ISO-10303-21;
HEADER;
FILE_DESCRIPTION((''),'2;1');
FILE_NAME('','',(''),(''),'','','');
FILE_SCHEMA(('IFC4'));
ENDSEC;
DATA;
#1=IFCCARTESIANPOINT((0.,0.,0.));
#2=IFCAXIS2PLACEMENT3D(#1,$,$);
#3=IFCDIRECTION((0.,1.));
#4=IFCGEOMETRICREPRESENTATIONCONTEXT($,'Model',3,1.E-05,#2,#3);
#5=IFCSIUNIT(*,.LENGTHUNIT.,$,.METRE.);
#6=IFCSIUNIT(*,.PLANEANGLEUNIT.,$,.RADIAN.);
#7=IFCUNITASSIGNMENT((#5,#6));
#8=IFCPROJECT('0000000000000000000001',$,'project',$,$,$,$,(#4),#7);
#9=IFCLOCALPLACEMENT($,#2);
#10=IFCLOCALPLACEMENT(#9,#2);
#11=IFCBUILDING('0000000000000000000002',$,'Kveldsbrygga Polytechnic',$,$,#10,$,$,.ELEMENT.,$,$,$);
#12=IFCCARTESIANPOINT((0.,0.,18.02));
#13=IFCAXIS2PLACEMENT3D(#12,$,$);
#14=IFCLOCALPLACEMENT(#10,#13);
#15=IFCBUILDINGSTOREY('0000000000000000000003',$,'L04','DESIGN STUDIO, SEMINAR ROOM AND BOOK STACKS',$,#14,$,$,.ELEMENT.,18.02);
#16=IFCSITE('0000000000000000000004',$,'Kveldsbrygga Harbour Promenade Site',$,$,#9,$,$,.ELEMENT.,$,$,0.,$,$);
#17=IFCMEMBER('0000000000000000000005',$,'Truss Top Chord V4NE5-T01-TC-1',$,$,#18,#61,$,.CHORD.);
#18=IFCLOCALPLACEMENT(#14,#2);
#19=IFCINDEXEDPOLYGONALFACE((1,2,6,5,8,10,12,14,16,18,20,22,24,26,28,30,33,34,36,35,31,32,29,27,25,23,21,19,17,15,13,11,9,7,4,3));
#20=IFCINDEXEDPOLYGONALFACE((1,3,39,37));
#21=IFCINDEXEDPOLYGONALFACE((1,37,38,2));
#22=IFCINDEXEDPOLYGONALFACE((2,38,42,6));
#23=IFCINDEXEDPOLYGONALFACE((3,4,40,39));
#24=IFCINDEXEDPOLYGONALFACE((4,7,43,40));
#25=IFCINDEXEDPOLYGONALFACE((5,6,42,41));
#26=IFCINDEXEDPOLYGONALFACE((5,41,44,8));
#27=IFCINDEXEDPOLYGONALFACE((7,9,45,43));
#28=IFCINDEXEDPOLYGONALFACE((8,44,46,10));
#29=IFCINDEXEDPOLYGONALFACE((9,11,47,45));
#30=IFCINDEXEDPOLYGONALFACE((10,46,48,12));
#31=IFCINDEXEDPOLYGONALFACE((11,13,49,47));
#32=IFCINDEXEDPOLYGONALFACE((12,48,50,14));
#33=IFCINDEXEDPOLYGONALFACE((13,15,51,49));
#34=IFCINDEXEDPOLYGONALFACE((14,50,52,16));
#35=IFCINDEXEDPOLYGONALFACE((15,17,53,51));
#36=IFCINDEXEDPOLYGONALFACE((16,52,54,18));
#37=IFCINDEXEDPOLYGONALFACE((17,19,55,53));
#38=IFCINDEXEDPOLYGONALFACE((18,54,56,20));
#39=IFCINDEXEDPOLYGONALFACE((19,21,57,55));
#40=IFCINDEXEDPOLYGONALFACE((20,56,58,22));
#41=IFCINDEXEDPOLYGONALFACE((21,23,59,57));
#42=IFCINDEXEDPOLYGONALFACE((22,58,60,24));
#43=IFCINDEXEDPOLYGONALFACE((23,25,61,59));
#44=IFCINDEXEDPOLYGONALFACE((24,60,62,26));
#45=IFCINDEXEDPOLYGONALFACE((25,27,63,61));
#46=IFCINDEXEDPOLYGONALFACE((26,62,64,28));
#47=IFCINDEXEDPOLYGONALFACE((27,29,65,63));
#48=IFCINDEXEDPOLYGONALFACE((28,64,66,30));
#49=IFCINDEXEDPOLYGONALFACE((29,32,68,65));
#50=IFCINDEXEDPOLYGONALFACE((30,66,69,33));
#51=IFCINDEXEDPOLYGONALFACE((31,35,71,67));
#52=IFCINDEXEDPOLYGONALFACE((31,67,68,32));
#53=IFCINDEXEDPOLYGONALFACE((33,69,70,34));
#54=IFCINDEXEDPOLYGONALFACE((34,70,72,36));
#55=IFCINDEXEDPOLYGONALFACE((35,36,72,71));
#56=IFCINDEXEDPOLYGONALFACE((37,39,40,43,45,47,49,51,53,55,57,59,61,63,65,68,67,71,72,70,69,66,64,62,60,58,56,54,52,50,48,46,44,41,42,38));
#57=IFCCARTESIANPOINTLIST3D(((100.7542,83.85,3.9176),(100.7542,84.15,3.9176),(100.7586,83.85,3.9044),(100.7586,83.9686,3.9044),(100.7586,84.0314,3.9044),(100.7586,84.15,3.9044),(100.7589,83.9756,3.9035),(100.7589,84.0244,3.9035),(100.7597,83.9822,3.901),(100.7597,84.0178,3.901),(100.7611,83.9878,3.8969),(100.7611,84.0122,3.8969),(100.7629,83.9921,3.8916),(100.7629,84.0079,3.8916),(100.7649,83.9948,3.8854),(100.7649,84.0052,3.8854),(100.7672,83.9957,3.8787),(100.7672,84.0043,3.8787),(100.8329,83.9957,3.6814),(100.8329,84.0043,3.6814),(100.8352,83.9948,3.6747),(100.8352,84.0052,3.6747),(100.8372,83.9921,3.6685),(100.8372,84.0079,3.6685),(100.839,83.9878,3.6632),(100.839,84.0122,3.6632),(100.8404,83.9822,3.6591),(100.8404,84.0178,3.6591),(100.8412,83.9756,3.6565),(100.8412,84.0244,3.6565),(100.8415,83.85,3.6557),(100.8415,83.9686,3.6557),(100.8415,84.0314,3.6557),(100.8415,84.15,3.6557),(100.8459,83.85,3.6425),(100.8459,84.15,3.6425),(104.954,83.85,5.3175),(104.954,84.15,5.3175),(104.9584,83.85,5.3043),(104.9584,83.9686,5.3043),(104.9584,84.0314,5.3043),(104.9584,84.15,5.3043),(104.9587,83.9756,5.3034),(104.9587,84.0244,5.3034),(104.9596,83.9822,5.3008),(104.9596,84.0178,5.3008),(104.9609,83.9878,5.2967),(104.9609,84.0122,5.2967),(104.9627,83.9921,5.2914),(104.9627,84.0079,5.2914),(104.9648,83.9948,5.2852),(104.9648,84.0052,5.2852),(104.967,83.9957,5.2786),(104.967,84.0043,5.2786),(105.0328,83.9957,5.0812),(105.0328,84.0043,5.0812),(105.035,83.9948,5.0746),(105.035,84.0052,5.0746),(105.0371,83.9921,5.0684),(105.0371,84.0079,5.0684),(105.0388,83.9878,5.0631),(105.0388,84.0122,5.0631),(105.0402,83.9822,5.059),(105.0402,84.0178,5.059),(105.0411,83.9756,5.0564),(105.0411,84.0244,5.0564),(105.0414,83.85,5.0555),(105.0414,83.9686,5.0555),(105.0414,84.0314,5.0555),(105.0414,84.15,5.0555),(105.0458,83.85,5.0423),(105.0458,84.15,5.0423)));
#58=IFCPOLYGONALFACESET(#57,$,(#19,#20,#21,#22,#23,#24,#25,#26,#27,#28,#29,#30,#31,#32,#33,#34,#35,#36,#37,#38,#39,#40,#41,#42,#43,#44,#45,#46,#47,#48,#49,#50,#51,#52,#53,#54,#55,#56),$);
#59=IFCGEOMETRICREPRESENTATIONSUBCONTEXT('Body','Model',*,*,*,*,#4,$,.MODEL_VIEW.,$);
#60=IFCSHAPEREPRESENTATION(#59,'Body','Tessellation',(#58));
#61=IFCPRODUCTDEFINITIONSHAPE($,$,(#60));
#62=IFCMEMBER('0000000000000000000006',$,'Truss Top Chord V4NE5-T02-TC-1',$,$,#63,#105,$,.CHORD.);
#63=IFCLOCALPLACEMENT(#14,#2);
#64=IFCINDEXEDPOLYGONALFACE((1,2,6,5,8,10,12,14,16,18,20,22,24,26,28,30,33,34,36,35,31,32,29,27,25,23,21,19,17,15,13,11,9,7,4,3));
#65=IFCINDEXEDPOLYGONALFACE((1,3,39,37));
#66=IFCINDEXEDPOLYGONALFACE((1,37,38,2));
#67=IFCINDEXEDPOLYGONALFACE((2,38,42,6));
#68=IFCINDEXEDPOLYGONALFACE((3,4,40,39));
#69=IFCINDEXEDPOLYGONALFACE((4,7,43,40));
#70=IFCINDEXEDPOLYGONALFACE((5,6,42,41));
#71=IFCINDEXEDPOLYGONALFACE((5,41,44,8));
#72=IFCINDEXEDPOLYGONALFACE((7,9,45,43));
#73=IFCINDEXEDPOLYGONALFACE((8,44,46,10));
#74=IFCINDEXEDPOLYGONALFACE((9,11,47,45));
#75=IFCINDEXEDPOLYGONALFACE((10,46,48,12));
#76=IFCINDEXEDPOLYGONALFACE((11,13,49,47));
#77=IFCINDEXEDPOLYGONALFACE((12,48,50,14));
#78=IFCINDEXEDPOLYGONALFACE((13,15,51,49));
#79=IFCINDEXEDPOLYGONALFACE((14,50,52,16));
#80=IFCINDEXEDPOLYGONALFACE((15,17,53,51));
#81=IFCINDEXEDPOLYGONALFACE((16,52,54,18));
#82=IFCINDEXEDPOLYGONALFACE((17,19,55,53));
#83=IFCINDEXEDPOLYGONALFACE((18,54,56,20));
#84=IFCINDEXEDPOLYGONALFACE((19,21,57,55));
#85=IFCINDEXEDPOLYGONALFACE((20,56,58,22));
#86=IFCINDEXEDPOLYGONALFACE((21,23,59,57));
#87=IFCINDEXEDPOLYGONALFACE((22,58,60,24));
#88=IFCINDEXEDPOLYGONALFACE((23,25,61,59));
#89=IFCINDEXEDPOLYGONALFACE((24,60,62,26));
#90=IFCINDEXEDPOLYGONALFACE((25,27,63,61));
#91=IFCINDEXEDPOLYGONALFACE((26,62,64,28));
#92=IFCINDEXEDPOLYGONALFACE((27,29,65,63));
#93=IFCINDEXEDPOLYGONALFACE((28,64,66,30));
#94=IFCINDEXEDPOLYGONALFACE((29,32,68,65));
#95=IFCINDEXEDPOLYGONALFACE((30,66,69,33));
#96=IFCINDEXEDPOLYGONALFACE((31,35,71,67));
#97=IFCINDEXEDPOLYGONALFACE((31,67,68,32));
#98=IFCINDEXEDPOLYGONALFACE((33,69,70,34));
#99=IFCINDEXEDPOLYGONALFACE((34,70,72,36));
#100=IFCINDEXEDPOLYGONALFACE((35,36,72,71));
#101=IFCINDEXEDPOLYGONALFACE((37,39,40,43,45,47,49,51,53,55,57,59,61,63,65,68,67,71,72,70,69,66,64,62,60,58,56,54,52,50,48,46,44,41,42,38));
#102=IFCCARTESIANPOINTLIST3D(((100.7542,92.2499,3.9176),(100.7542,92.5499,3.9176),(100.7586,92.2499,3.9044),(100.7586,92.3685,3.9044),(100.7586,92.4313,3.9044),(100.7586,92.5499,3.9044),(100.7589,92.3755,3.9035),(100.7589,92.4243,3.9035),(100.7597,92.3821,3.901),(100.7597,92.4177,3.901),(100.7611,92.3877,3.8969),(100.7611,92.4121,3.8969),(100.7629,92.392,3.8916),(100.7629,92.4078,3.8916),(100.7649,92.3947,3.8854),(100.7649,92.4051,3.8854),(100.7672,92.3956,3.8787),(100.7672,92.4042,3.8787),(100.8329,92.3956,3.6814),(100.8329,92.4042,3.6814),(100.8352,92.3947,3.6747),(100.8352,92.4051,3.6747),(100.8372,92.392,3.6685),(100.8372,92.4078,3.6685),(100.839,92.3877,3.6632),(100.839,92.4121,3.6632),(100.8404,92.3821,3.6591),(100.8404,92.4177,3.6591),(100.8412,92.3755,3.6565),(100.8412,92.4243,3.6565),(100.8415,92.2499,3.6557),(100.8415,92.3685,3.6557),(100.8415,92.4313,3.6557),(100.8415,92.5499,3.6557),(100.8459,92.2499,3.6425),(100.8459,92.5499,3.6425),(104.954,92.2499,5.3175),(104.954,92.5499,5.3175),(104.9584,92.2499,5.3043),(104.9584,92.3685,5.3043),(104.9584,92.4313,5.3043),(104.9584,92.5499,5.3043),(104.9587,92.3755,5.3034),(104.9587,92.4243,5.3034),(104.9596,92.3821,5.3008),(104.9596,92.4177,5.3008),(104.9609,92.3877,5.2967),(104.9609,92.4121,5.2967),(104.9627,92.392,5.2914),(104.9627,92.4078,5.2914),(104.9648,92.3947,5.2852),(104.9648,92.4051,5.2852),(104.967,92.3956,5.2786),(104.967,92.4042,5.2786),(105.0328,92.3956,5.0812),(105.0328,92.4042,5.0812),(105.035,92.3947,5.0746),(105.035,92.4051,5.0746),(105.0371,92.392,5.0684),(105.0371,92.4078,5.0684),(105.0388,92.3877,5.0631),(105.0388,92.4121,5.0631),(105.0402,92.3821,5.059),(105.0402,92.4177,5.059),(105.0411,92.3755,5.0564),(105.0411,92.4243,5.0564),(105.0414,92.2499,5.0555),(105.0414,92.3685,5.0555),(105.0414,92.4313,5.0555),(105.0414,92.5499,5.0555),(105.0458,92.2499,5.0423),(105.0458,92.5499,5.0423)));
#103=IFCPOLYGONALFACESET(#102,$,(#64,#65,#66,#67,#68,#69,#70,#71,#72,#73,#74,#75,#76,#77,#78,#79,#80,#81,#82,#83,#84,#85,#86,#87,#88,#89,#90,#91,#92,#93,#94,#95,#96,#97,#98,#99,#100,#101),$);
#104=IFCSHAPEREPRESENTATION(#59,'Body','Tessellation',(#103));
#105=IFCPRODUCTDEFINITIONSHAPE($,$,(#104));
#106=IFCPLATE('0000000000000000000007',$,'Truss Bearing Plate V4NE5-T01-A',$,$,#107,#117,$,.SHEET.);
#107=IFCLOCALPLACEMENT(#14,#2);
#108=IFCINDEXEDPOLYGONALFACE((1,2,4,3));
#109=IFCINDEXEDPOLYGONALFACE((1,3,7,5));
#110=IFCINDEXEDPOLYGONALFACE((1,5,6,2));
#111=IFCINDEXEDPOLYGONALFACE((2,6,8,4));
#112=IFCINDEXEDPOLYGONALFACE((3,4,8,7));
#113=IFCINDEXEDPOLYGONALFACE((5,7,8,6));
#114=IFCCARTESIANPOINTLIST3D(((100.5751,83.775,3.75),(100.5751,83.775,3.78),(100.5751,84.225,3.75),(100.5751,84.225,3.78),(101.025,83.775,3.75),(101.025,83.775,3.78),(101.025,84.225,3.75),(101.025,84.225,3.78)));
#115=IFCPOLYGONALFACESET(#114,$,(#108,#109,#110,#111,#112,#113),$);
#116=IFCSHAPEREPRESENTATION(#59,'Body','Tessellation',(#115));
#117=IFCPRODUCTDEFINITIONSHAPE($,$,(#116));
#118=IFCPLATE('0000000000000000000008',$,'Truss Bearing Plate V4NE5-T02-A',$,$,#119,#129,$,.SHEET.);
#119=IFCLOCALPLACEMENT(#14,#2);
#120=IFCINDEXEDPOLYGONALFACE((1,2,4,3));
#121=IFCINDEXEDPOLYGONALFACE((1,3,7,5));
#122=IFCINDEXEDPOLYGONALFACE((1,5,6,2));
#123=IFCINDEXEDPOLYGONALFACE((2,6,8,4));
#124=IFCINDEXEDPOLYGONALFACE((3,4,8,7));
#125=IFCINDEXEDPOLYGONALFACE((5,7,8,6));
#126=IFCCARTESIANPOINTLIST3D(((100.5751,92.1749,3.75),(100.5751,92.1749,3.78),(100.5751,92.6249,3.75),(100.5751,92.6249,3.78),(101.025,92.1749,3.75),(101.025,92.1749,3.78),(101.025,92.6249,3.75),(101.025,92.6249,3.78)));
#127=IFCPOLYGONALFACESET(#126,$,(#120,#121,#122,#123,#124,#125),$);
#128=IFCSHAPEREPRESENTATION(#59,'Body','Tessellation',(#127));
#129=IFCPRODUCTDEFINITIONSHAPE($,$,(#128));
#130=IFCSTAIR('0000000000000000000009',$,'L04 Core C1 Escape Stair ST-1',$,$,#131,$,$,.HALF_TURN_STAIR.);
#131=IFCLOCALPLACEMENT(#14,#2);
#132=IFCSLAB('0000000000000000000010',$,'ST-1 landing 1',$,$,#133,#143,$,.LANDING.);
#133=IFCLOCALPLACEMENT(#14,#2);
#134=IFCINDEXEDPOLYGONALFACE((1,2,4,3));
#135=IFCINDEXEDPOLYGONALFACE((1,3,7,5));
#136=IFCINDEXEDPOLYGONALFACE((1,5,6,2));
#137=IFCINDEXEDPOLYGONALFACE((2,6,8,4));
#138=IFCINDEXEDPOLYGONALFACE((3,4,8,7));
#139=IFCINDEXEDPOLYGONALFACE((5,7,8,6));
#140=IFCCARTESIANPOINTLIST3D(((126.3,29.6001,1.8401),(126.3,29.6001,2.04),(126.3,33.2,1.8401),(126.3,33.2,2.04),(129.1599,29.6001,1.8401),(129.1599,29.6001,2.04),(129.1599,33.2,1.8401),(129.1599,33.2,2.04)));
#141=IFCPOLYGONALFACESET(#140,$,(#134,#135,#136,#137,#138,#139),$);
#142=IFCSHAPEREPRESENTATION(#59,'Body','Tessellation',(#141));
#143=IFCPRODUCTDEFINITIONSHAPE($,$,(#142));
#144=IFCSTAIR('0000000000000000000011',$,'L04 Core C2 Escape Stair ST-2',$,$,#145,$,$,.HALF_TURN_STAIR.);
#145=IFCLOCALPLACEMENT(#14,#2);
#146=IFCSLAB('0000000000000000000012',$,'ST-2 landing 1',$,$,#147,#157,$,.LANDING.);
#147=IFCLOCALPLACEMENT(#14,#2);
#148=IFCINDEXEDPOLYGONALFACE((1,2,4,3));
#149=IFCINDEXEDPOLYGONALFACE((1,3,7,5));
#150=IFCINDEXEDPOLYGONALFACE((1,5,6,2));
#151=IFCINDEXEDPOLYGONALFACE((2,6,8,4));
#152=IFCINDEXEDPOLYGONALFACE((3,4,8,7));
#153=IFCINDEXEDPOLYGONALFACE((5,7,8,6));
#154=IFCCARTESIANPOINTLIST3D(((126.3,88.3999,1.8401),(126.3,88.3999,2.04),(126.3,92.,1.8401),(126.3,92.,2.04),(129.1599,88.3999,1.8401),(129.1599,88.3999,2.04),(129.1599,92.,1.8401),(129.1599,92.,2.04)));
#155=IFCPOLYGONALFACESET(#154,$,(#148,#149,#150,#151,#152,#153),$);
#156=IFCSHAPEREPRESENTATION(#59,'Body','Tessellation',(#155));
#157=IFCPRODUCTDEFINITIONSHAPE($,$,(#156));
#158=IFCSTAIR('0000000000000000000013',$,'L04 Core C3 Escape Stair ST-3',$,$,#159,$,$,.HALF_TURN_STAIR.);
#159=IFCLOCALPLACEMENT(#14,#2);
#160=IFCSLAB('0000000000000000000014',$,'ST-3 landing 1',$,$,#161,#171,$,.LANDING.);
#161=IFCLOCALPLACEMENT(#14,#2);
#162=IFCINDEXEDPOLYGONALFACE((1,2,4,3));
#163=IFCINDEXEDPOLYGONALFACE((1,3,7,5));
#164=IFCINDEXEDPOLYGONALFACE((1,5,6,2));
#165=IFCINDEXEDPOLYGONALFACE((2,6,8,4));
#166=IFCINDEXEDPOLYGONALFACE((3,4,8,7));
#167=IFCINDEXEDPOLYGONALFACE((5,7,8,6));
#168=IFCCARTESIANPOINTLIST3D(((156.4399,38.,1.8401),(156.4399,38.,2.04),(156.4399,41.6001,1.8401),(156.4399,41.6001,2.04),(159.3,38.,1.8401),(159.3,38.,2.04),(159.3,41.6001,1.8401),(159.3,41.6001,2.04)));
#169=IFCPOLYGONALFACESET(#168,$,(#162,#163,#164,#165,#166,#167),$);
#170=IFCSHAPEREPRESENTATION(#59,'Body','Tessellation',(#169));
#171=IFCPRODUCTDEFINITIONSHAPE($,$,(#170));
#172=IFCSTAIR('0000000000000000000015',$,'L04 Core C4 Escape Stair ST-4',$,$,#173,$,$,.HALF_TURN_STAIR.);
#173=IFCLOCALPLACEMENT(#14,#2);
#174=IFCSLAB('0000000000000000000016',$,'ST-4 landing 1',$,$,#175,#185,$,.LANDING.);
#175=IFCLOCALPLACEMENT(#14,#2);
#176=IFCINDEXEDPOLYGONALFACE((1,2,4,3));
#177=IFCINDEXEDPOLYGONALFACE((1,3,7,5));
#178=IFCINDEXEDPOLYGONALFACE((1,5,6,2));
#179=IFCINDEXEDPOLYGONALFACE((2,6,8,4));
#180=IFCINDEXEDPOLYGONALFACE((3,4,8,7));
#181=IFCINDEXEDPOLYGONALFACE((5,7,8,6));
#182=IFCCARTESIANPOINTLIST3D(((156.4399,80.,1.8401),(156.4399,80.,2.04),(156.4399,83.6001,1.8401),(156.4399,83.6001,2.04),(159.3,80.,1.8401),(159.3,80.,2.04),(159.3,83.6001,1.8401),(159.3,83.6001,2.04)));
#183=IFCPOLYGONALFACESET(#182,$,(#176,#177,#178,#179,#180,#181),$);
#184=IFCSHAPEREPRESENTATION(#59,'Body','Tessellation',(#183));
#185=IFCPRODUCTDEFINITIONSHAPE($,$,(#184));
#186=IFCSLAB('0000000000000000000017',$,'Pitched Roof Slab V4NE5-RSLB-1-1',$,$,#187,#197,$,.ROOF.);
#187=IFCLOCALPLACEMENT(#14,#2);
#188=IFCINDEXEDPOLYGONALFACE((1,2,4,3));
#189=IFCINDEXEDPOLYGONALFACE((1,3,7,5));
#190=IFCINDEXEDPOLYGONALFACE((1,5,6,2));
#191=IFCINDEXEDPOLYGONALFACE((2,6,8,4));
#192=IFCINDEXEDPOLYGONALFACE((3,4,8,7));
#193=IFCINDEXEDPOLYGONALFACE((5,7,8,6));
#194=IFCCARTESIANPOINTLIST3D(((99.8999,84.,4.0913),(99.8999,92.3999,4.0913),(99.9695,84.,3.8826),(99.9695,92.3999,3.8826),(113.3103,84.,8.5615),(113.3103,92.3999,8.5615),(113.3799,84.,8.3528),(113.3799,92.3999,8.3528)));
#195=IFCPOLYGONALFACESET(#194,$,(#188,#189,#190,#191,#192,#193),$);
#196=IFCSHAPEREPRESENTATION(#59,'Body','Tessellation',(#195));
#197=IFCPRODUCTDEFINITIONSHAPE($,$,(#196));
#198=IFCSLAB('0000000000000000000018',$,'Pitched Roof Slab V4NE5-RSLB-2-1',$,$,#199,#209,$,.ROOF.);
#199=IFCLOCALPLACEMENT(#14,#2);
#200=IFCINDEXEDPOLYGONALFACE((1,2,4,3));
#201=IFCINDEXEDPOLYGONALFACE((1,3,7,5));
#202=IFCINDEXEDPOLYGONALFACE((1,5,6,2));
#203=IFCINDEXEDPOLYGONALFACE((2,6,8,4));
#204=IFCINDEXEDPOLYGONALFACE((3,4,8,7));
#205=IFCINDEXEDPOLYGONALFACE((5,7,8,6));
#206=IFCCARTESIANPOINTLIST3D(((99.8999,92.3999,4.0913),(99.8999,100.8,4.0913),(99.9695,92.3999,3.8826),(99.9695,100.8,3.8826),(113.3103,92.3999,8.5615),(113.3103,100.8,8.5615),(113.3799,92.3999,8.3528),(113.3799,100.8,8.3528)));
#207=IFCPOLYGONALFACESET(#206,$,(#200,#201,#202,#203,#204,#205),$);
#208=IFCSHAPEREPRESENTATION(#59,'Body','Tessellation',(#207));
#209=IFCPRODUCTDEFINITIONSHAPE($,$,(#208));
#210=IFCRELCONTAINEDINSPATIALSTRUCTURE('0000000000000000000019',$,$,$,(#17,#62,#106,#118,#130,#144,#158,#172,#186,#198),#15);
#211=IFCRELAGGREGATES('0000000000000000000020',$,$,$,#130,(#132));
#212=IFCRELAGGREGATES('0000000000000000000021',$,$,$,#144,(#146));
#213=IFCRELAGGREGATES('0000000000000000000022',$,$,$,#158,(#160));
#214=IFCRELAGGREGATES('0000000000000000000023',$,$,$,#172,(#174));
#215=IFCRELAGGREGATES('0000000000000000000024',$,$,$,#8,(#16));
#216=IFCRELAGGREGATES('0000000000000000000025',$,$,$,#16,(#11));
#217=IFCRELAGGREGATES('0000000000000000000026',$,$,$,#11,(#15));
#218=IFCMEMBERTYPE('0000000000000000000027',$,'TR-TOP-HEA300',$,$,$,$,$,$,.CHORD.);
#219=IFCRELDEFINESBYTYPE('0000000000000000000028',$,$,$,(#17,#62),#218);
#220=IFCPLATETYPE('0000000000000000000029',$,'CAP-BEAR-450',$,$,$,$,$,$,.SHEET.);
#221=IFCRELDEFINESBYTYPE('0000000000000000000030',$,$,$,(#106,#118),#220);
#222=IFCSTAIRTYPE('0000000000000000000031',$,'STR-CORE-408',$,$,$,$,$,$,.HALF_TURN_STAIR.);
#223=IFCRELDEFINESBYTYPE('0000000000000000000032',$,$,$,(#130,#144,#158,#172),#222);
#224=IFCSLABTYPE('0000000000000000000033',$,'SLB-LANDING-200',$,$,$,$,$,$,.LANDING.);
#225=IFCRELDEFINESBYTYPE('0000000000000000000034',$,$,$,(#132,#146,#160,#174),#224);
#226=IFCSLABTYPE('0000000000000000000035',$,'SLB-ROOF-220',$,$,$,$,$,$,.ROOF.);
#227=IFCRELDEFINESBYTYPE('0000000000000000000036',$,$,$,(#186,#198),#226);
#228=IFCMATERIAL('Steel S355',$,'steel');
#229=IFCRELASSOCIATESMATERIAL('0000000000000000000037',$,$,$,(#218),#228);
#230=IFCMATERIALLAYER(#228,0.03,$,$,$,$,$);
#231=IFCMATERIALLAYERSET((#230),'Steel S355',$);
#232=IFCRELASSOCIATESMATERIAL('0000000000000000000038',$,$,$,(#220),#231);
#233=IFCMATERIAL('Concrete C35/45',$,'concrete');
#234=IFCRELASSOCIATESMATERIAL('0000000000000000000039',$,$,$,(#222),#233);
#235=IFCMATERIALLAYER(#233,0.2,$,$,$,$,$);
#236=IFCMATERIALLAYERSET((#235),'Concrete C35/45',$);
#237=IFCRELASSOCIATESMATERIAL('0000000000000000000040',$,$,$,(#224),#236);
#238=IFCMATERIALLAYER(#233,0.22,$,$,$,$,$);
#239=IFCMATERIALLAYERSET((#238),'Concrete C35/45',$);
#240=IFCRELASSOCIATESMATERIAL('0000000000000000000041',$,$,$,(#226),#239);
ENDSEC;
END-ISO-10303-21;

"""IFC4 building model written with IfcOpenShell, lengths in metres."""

from ifc_helpers import new_model, si_unit, direction, frame, origin, origin_2d, place, context, subcontext, project, spatial, polyline, rectangle, i_section, outline, extrude, material, layer, layer_set, material_profile, profile_set, type_object, element, aggregate, save


model = new_model("IFC4")

# Units and contexts
model_context = context("Model", 3, precision=1e-05, world=origin(), true_north=direction((0.0, 1.0)))
body_context = subcontext(model_context, "Body", "Model", "MODEL_VIEW")
ifc_project = project(units=[si_unit("LENGTHUNIT", "METRE"), si_unit("PLANEANGLEUNIT", "RADIAN")], contexts=[model_context])

# Site, building, storey
site_placement = place(None, origin())
site = spatial("IfcSite", under=ifc_project, at=site_placement, Name="Kveldsbrygga Harbour Promenade Site", CompositionType="ELEMENT", RefElevation=0.0)
building_placement = place(site_placement, origin())
building = spatial("IfcBuilding", under=site, at=building_placement, Name="Kveldsbrygga Polytechnic", CompositionType="ELEMENT")
storey_placement = place(building_placement, frame((0.0, 0.0, 18.02)))
storey = spatial("IfcBuildingStorey", under=building, at=storey_placement, Name="L04", Description="DESIGN STUDIO, SEMINAR ROOM AND BOOK STACKS", CompositionType="ELEMENT", Elevation=18.02)

# Members
ifc_material_1 = material(Name="Steel S355", Category="steel")
ifc_material_profile_1 = material_profile(ifc_material_1, i_section(OverallWidth=0.3, OverallDepth=0.29, WebThickness=0.0085, FlangeThickness=0.0139, FilletRadius=0.0271, at=origin_2d()), Name="HEA 300")
ifc_profile_set_1 = profile_set([ifc_material_profile_1], Name="Steel S355")
member_type_1 = type_object("IfcMemberType", Name="TR-TOP-HEA300", PredefinedType="CHORD", material=ifc_profile_set_1)
for number, where, z_axis, x_axis, name in (
    (1, (100.8, 84.0, 3.78), (0.948689, 0.0, 0.316211), (0.0, 1.0, 0.0), "Truss Top Chord V4NE5-T01-TC-1"),
    (2, (100.8, 92.3999, 3.78), (0.948689, 0.0, 0.316211), (0.0, 1.0, 0.0), "Truss Top Chord V4NE5-T02-TC-1"),
):
    element("IfcMember", number, at=place(storey_placement, frame(where, z_axis=z_axis, x_axis=x_axis)), inside=storey, type_object=member_type_1, Name=name, PredefinedType="CHORD", context=body_context, shape_type="SweptSolid", body=[
        extrude(i_section(OverallWidth=0.3, OverallDepth=0.29, WebThickness=0.0085, FlangeThickness=0.0139, FilletRadius=0.0271, at=origin_2d()), origin(), (0.0, 0.0, 1.0), 4.427),
    ])

# Plates
ifc_layer_1 = layer(ifc_material_1, 0.03)
ifc_layer_set_1 = layer_set([ifc_layer_1], Name="Steel S355")
plate_type = type_object("IfcPlateType", Name="CAP-BEAR-450", PredefinedType="SHEET", material=ifc_layer_set_1)
for number, where, z_axis, x_axis, name in (
    (3, (100.8, 84.0, 3.75), (0.0, 0.0, 1.0), (1.0, 0.0, 0.0), "Truss Bearing Plate V4NE5-T01-A"),
    (4, (100.8, 92.3999, 3.75), (0.0, 0.0, 1.0), (1.0, 0.0, 0.0), "Truss Bearing Plate V4NE5-T02-A"),
):
    element("IfcPlate", number, at=place(storey_placement, frame(where, z_axis=z_axis, x_axis=x_axis)), inside=storey, type_object=plate_type, Name=name, PredefinedType="SHEET", context=body_context, shape_type="SweptSolid", body=[
        extrude(rectangle(XDim=0.45, YDim=0.45, at=origin_2d()), origin(), (0.0, 0.0, 1.0), 0.03),
    ])

# Stairs, slabs
ifc_material_2 = material(Name="Concrete C35/45", Category="concrete")
stair_type = type_object("IfcStairType", Name="STR-CORE-408", PredefinedType="HALF_TURN_STAIR", material=ifc_material_2)
stair_1_placement = place(storey_placement, origin())
stair_1 = element("IfcStair", 5, at=stair_1_placement, inside=storey, type_object=stair_type, Name="L04 Core C1 Escape Stair ST-1", PredefinedType="HALF_TURN_STAIR")
ifc_layer_2 = layer(ifc_material_2, 0.2)
ifc_layer_set_2 = layer_set([ifc_layer_2], Name="Concrete C35/45")
slab_type_1 = type_object("IfcSlabType", Name="SLB-LANDING-200", PredefinedType="LANDING", material=ifc_layer_set_2)
slab_1_placement = place(storey_placement, frame((0.0, 0.0, 1.8401)))
slab_1 = element("IfcSlab", 6, at=slab_1_placement, type_object=slab_type_1, Name="ST-1 landing 1", PredefinedType="LANDING", context=body_context, shape_type="SweptSolid", body=[
    extrude(outline(polyline([(129.1599, 33.2), (126.3, 33.2), (126.3, 29.6001), (129.1599, 29.6001), (129.1599, 33.2)])), origin(), (0.0, 0.0, 1.0), 0.2),
])
aggregate(stair_1, [slab_1])
stair_2_placement = place(storey_placement, origin())
stair_2 = element("IfcStair", 7, at=stair_2_placement, inside=storey, type_object=stair_type, Name="L04 Core C2 Escape Stair ST-2", PredefinedType="HALF_TURN_STAIR")
slab_2_placement = place(storey_placement, frame((0.0, 0.0, 1.8401)))
slab_2 = element("IfcSlab", 8, at=slab_2_placement, type_object=slab_type_1, Name="ST-2 landing 1", PredefinedType="LANDING", context=body_context, shape_type="SweptSolid", body=[
    extrude(outline(polyline([(129.1599, 92.0), (126.3, 92.0), (126.3, 88.3999), (129.1599, 88.3999), (129.1599, 92.0)])), origin(), (0.0, 0.0, 1.0), 0.2),
])
aggregate(stair_2, [slab_2])
stair_3_placement = place(storey_placement, origin())
stair_3 = element("IfcStair", 9, at=stair_3_placement, inside=storey, type_object=stair_type, Name="L04 Core C3 Escape Stair ST-3", PredefinedType="HALF_TURN_STAIR")
slab_3_placement = place(storey_placement, frame((0.0, 0.0, 1.8401)))
slab_3 = element("IfcSlab", 10, at=slab_3_placement, type_object=slab_type_1, Name="ST-3 landing 1", PredefinedType="LANDING", context=body_context, shape_type="SweptSolid", body=[
    extrude(outline(polyline([(156.4399, 38.0), (159.3, 38.0), (159.3, 41.6001), (156.4399, 41.6001), (156.4399, 38.0)])), origin(), (0.0, 0.0, 1.0), 0.2),
])
aggregate(stair_3, [slab_3])
stair_4_placement = place(storey_placement, origin())
stair_4 = element("IfcStair", 11, at=stair_4_placement, inside=storey, type_object=stair_type, Name="L04 Core C4 Escape Stair ST-4", PredefinedType="HALF_TURN_STAIR")
slab_4_placement = place(storey_placement, frame((0.0, 0.0, 1.8401)))
slab_4 = element("IfcSlab", 12, at=slab_4_placement, type_object=slab_type_1, Name="ST-4 landing 1", PredefinedType="LANDING", context=body_context, shape_type="SweptSolid", body=[
    extrude(outline(polyline([(156.4399, 80.0), (159.3, 80.0), (159.3, 83.6001), (156.4399, 83.6001), (156.4399, 80.0)])), origin(), (0.0, 0.0, 1.0), 0.2),
])
aggregate(stair_4, [slab_4])

# Slabs
ifc_layer_3 = layer(ifc_material_2, 0.22)
ifc_layer_set_3 = layer_set([ifc_layer_3], Name="Concrete C35/45")
slab_type_2 = type_object("IfcSlabType", Name="SLB-ROOF-220", PredefinedType="ROOF", material=ifc_layer_set_3)
slab_5_placement = place(storey_placement, frame((99.8999, 84.0, 4.0913), z_axis=(-0.316233, 0.0, 0.948682), x_axis=(0.948682, 0.0, 0.316233)))
element("IfcSlab", 13, at=slab_5_placement, inside=storey, type_object=slab_type_2, Name="Pitched Roof Slab V4NE5-RSLB-1-1", PredefinedType="ROOF", context=body_context, shape_type="SweptSolid", body=[
    extrude(outline(polyline([(0.0, 0.0), (14.1358, 0.0), (14.1358, 8.3999), (0.0, 8.3999), (0.0, 0.0)])), origin(), (0.0, 0.0, -1.0), 0.22),
])
slab_6_placement = place(storey_placement, frame((99.8999, 92.3999, 4.0913), z_axis=(-0.316233, 0.0, 0.948682), x_axis=(0.948682, 0.0, 0.316233)))
element("IfcSlab", 14, at=slab_6_placement, inside=storey, type_object=slab_type_2, Name="Pitched Roof Slab V4NE5-RSLB-2-1", PredefinedType="ROOF", context=body_context, shape_type="SweptSolid", body=[
    extrude(outline(polyline([(0.0, 0.0), (14.1358, 0.0), (14.1358, 8.4001), (0.0, 8.4001), (0.0, 0.0)])), origin(), (0.0, 0.0, -1.0), 0.22),
])

save(model, "model.ifc")
